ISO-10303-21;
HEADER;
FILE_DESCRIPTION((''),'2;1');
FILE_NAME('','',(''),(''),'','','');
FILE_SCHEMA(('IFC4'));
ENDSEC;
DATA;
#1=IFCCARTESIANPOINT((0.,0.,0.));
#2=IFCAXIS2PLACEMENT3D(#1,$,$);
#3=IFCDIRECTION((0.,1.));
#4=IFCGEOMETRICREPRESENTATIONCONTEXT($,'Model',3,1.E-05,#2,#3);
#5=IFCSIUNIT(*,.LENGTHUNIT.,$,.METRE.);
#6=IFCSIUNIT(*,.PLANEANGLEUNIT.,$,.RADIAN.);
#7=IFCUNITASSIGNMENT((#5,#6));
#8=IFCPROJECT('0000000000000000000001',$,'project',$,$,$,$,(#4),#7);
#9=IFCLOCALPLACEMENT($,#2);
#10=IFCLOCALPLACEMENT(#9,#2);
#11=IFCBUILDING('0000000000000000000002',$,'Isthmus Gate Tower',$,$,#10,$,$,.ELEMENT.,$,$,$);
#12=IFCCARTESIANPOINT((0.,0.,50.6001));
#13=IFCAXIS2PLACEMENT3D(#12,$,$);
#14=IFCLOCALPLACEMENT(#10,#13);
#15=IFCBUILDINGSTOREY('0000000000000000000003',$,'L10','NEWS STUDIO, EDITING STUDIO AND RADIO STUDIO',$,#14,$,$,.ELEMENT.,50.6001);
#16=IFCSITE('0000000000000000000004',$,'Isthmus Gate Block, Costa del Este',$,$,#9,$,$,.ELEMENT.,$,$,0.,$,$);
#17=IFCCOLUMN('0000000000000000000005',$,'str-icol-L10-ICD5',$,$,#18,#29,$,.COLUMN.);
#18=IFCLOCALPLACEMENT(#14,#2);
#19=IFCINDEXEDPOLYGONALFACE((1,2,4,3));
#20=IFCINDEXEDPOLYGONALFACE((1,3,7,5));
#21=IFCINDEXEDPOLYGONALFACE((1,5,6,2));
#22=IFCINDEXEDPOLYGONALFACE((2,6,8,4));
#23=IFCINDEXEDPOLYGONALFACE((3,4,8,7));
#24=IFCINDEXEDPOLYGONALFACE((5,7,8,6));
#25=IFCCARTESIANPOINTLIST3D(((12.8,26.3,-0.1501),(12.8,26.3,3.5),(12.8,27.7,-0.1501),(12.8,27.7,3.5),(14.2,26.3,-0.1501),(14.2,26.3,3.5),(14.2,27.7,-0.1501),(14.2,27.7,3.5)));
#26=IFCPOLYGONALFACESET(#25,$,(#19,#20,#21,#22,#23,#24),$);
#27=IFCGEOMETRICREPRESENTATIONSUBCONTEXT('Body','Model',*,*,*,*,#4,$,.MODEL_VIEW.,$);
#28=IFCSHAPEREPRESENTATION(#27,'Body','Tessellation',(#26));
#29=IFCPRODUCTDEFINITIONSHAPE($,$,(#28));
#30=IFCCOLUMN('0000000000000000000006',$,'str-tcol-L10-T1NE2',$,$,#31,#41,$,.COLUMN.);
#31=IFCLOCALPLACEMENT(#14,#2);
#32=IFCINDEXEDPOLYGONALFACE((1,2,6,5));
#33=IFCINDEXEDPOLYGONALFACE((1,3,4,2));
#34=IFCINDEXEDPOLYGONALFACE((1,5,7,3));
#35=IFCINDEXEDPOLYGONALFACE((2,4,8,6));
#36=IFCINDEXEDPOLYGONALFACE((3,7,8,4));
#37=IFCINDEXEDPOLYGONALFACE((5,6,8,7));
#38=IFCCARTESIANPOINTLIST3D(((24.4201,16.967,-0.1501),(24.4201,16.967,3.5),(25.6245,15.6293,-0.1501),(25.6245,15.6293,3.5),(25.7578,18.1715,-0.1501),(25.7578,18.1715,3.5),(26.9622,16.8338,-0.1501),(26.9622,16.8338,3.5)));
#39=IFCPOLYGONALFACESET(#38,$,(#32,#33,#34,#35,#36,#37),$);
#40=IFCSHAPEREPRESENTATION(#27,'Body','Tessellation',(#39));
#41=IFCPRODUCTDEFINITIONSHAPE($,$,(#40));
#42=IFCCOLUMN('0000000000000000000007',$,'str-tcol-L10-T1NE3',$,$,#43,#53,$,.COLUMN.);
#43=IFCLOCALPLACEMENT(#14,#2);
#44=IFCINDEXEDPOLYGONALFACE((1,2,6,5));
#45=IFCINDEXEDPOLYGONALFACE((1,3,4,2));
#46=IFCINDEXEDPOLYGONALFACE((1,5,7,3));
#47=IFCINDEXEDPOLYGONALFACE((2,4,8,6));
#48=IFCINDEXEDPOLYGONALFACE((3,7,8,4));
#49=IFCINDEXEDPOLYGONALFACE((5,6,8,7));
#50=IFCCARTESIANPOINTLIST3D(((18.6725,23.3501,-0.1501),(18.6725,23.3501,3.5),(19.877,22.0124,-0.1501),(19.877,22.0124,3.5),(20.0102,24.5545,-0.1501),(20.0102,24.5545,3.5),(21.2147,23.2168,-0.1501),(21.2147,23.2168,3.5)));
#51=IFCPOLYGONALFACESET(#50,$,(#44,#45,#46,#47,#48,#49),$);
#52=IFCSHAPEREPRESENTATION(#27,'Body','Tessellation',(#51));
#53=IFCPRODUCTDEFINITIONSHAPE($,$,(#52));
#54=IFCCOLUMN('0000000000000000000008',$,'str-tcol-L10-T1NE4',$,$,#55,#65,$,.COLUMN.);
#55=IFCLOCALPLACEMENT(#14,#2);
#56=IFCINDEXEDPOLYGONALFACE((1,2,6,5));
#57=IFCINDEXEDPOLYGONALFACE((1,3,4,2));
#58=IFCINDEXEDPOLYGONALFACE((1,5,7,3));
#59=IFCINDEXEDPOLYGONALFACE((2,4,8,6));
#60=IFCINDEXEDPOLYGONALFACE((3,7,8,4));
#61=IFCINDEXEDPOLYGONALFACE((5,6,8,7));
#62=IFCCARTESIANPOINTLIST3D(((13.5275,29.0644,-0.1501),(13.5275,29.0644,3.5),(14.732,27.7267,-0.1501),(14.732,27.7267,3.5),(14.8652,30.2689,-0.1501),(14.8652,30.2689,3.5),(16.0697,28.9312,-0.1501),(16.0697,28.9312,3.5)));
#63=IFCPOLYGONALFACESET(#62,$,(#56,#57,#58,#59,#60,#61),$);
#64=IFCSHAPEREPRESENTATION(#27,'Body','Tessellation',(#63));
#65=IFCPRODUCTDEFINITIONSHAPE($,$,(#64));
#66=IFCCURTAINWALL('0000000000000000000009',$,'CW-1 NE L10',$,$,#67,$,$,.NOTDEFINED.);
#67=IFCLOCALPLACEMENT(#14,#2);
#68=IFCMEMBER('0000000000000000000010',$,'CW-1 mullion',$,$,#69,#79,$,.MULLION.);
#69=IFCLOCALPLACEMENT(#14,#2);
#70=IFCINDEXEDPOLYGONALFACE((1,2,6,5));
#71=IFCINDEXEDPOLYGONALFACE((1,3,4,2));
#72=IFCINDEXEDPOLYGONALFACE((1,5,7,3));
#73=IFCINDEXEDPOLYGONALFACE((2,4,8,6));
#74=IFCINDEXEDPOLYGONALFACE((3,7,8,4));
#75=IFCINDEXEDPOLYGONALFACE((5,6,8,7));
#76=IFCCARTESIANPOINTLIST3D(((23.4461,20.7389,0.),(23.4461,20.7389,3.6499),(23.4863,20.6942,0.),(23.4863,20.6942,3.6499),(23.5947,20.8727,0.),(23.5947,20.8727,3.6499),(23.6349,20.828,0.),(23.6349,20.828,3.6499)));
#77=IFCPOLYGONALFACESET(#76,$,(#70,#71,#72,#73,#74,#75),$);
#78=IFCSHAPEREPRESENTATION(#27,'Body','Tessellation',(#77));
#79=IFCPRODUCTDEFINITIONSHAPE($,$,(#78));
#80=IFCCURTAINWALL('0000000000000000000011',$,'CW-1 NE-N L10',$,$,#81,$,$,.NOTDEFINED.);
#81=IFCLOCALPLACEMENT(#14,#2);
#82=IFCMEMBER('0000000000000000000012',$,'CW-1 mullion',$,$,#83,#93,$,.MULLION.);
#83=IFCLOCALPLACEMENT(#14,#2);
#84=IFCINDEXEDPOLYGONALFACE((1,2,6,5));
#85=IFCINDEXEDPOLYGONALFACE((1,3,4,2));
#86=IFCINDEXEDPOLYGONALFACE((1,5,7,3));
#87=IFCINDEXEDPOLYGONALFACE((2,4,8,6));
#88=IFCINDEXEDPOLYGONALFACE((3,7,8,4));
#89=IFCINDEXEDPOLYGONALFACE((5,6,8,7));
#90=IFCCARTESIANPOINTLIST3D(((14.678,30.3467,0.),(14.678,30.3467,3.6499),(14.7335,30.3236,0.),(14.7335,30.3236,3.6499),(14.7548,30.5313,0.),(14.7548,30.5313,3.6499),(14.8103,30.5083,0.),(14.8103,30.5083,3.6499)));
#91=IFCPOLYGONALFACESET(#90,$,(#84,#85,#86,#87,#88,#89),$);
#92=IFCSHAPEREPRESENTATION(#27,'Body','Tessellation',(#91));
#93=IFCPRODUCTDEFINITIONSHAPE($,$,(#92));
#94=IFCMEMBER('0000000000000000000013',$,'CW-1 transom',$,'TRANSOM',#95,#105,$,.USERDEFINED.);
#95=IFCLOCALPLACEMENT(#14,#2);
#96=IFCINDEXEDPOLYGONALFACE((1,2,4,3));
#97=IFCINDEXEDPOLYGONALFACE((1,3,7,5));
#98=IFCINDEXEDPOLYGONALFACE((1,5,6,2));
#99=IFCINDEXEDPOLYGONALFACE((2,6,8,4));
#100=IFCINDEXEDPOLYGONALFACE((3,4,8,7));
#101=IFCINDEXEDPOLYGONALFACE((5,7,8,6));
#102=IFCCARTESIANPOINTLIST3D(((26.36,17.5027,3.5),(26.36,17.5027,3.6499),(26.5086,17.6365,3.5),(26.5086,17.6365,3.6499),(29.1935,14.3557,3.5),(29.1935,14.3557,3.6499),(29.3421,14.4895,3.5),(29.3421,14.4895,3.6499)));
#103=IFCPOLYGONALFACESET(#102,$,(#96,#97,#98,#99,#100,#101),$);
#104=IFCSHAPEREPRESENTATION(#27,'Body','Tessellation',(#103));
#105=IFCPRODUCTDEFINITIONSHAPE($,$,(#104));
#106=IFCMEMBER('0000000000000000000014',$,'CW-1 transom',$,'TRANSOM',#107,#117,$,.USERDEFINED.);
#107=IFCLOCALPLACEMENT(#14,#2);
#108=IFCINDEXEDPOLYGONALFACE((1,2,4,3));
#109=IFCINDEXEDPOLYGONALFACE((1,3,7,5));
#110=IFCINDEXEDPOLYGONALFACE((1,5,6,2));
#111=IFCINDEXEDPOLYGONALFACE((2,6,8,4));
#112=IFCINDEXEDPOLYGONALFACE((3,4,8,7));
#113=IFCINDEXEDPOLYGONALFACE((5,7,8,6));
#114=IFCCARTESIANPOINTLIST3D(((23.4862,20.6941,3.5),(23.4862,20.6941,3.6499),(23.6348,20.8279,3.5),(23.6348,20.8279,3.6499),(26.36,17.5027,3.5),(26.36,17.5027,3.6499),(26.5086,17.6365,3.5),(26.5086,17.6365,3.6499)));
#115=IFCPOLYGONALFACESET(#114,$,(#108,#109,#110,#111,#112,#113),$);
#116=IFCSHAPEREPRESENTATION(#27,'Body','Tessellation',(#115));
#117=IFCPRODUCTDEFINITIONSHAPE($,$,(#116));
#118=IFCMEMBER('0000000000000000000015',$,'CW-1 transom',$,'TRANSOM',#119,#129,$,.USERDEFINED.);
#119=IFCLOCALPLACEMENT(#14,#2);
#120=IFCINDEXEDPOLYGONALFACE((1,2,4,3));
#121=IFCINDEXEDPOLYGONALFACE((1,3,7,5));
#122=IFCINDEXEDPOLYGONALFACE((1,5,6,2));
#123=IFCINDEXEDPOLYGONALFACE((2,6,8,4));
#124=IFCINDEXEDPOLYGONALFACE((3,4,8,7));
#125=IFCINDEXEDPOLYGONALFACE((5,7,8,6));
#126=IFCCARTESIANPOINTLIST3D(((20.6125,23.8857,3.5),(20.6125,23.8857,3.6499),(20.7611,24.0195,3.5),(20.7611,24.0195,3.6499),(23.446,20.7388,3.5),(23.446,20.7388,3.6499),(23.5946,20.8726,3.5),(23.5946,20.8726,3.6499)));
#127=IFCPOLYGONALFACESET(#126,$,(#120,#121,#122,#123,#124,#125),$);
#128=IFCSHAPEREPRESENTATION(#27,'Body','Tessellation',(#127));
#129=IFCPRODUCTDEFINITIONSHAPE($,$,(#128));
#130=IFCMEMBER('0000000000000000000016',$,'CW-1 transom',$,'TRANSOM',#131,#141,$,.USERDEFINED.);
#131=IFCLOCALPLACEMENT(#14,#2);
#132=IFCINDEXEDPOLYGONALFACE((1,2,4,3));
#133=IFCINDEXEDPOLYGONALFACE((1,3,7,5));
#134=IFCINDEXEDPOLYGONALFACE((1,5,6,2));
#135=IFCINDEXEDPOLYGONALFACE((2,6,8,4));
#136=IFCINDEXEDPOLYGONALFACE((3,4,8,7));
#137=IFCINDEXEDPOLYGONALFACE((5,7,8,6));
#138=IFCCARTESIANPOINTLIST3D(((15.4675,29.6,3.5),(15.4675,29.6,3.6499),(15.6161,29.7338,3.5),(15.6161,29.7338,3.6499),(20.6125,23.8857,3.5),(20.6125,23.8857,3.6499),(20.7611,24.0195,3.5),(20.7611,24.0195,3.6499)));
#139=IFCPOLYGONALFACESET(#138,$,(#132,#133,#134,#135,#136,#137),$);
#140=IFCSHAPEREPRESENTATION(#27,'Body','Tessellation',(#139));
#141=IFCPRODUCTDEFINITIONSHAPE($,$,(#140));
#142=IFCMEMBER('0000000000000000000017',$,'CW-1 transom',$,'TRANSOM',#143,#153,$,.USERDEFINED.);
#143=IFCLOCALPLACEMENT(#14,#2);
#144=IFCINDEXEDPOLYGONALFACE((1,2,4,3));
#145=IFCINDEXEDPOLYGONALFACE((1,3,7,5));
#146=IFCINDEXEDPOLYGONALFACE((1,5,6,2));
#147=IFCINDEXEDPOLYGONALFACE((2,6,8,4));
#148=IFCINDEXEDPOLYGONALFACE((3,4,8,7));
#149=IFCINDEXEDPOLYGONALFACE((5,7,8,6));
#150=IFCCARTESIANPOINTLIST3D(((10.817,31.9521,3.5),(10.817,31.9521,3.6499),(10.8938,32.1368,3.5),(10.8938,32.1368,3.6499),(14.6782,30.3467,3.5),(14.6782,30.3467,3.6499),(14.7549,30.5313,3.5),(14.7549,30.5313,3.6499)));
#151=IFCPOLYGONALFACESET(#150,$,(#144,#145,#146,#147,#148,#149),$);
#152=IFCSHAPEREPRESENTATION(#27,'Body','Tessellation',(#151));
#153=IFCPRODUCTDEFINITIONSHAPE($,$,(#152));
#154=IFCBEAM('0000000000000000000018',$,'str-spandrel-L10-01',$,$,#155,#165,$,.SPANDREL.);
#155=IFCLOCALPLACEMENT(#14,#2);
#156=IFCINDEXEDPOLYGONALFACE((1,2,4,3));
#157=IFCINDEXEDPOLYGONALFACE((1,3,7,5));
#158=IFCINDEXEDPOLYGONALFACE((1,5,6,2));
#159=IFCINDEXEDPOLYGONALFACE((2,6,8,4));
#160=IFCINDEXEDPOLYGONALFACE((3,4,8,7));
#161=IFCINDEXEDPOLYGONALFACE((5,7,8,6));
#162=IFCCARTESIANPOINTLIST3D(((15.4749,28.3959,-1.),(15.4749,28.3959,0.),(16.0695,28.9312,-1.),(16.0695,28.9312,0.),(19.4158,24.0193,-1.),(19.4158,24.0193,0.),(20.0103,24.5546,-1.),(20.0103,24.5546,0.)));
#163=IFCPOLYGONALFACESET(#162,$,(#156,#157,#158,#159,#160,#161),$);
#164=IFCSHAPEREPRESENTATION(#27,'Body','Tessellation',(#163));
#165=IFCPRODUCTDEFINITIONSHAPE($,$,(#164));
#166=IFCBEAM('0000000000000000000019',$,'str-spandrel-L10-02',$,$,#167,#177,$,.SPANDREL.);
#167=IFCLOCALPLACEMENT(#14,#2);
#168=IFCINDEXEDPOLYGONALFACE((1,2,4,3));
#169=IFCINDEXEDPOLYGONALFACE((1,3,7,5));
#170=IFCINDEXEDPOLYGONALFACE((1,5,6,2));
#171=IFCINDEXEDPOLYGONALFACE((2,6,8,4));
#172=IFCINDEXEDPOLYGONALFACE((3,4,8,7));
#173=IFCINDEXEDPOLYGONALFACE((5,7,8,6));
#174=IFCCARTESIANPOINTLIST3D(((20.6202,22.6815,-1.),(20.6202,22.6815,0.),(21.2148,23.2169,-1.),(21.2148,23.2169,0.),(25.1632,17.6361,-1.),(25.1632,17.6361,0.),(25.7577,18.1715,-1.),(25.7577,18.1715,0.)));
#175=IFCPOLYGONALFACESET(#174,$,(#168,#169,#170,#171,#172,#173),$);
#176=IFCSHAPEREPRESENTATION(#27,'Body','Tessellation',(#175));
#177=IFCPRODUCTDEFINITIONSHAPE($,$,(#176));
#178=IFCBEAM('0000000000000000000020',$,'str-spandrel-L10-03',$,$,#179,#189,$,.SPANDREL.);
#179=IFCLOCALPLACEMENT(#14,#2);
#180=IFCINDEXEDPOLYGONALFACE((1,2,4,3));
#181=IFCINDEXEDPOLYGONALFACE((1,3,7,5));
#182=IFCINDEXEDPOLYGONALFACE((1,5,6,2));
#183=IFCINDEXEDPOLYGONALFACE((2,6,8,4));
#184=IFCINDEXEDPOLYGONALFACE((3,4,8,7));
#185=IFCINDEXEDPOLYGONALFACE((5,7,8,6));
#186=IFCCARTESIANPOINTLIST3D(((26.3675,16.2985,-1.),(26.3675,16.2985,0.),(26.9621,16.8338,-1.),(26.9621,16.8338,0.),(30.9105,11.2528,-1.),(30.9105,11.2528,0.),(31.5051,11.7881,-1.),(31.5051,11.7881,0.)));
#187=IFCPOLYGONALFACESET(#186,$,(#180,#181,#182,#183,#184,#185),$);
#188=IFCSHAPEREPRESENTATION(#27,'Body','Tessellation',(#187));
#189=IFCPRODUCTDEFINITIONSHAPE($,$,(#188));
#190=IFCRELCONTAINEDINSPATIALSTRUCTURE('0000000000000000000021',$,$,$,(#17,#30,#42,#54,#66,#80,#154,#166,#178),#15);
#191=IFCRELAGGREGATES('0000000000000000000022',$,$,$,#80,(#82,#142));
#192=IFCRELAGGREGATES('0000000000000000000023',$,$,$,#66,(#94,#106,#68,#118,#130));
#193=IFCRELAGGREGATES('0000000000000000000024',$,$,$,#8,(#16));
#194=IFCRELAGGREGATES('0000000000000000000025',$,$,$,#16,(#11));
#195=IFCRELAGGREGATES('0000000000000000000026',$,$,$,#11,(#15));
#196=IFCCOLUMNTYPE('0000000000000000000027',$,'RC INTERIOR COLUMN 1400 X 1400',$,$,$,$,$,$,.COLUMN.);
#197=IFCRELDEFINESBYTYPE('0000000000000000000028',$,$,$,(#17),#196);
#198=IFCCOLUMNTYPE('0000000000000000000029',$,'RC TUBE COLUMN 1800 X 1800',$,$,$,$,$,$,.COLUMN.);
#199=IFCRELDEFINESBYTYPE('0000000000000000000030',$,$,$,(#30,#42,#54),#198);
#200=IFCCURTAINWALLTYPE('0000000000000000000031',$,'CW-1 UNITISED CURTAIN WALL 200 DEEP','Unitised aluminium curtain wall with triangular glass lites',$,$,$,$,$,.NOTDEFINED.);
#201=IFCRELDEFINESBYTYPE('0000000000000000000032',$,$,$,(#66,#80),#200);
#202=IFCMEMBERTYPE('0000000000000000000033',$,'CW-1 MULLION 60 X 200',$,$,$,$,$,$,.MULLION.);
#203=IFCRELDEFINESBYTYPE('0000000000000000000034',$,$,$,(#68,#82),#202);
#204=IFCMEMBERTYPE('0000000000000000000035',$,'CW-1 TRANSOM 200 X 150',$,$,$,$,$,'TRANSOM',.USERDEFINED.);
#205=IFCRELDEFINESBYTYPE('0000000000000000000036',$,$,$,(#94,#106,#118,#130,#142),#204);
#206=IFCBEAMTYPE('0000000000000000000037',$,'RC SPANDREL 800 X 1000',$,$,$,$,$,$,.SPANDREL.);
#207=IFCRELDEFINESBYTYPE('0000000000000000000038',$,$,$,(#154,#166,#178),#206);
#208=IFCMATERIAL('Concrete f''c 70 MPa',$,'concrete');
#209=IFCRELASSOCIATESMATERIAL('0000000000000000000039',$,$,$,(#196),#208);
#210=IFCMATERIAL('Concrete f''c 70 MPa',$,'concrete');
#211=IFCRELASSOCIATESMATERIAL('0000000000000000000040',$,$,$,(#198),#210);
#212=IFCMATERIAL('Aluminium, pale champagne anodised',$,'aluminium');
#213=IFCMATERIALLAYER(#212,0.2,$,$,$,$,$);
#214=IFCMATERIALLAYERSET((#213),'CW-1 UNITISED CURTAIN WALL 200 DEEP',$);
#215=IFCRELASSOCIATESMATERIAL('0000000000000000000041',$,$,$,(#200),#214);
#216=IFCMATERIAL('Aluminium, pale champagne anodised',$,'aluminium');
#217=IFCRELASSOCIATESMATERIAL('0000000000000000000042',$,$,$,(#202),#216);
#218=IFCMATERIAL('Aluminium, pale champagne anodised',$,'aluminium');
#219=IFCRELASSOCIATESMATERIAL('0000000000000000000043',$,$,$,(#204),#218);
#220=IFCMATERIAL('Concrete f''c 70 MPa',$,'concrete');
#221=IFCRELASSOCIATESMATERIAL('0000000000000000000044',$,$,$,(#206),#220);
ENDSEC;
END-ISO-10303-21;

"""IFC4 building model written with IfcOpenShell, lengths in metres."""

from ifc_helpers import new_model, si_unit, direction, frame, origin, origin_2d, place, context, subcontext, project, spatial, rectangle, extrude, material, layer, layer_set, material_profile, profile_set, type_object, element, aggregate, save


model = new_model("IFC4")

# Units and contexts
model_context = context("Model", 3, precision=1e-05, world=origin(), true_north=direction((0.0, 1.0)))
body_context = subcontext(model_context, "Body", "Model", "MODEL_VIEW")
ifc_project = project(units=[si_unit("LENGTHUNIT", "METRE"), si_unit("PLANEANGLEUNIT", "RADIAN")], contexts=[model_context])

# Site, building, storey
site_placement = place(None, origin())
site = spatial("IfcSite", under=ifc_project, at=site_placement, Name="Isthmus Gate Block, Costa del Este", CompositionType="ELEMENT", RefElevation=0.0)
building_placement = place(site_placement, origin())
building = spatial("IfcBuilding", under=site, at=building_placement, Name="Isthmus Gate Tower", CompositionType="ELEMENT")
storey_placement = place(building_placement, frame((0.0, 0.0, 50.6001)))
storey = spatial("IfcBuildingStorey", under=building, at=storey_placement, Name="L10", Description="NEWS STUDIO, EDITING STUDIO AND RADIO STUDIO", CompositionType="ELEMENT", Elevation=50.6001)

# Columns
ifc_material_1 = material(Name="Concrete f'c 70 MPa", Category="concrete")
ifc_material_profile_1 = material_profile(ifc_material_1, rectangle(XDim=1.3999, YDim=1.3999, at=origin_2d()), Name="RC 1400X1400")
ifc_profile_set_1 = profile_set([ifc_material_profile_1], Name="Concrete f'c 70 MPa")
column_type_1 = type_object("IfcColumnType", Name="RC INTERIOR COLUMN 1400 X 1400", PredefinedType="COLUMN", material=ifc_profile_set_1)
column_placement = place(storey_placement, frame((13.5, 27.0, -0.1501), z_axis=(0.0, 0.0, 1.0), x_axis=(1.0, 0.0, 0.0)))
element("IfcColumn", 1, at=column_placement, inside=storey, type_object=column_type_1, Name="str-icol-L10-ICD5", PredefinedType="COLUMN", context=body_context, shape_type="SweptSolid", body=[
    extrude(rectangle(XDim=1.3999, YDim=1.3999, at=origin_2d()), origin(), (0.0, 0.0, 1.0), 3.6501),
])
ifc_material_2 = material(Name="Concrete f'c 70 MPa", Category="concrete")
ifc_material_profile_2 = material_profile(ifc_material_2, rectangle(XDim=1.8, YDim=1.8, at=origin_2d()), Name="RC 1800X1800")
ifc_profile_set_2 = profile_set([ifc_material_profile_2], Name="Concrete f'c 70 MPa")
column_type_2 = type_object("IfcColumnType", Name="RC TUBE COLUMN 1800 X 1800", PredefinedType="COLUMN", material=ifc_profile_set_2)
for number, where, z_axis, x_axis, name in (
    (2, (25.6912, 16.9004, -0.1501), (0.0, 0.0, 1.0), (-0.669131, 0.743145, 0.0), "str-tcol-L10-T1NE2"),
    (3, (19.9436, 23.2834, -0.1501), (0.0, 0.0, 1.0), (-0.669131, 0.743145, 0.0), "str-tcol-L10-T1NE3"),
    (4, (14.7986, 28.9978, -0.1501), (0.0, 0.0, 1.0), (-0.669131, 0.743145, 0.0), "str-tcol-L10-T1NE4"),
):
    element("IfcColumn", number, at=place(storey_placement, frame(where, z_axis=z_axis, x_axis=x_axis)), inside=storey, type_object=column_type_2, Name=name, PredefinedType="COLUMN", context=body_context, shape_type="SweptSolid", body=[
        extrude(rectangle(XDim=1.8, YDim=1.8, at=origin_2d()), origin(), (0.0, 0.0, 1.0), 3.6501),
    ])

# Curtain walls, members
ifc_material_3 = material(Name="Aluminium, pale champagne anodised", Category="aluminium")
ifc_layer_1 = layer(ifc_material_3, 0.2)
ifc_layer_set_1 = layer_set([ifc_layer_1], Name="CW-1 UNITISED CURTAIN WALL 200 DEEP")
curtain_wall_type = type_object("IfcCurtainWallType", Name="CW-1 UNITISED CURTAIN WALL 200 DEEP", Description="Unitised aluminium curtain wall with triangular glass lites", PredefinedType="NOTDEFINED", material=ifc_layer_set_1)
curtain_wall_1_placement = place(storey_placement, origin())
curtain_wall_1 = element("IfcCurtainWall", 5, at=curtain_wall_1_placement, inside=storey, type_object=curtain_wall_type, Name="CW-1 NE L10", PredefinedType="NOTDEFINED")
ifc_material_4 = material(Name="Aluminium, pale champagne anodised", Category="aluminium")
ifc_material_profile_3 = material_profile(ifc_material_4, rectangle(XDim=0.0601, YDim=0.2, at=origin_2d()), Name="60x200")
ifc_profile_set_3 = profile_set([ifc_material_profile_3], Name="Aluminium, pale champagne anodised")
member_type_1 = type_object("IfcMemberType", Name="CW-1 MULLION 60 X 200", PredefinedType="MULLION", material=ifc_profile_set_3)
member_1_placement = place(storey_placement, frame((23.5405, 20.7834, 0.0), z_axis=(0.0, 0.0, 1.0), x_axis=(-0.669131, 0.743145, 0.0)))
member_1 = element("IfcMember", 6, at=member_1_placement, type_object=member_type_1, Name="CW-1 mullion", PredefinedType="MULLION", context=body_context, shape_type="SweptSolid", body=[
    extrude(rectangle(XDim=0.0601, YDim=0.2, at=origin_2d()), origin(), (0.0, 0.0, 1.0), 3.6499),
])
curtain_wall_2_placement = place(storey_placement, origin())
curtain_wall_2 = element("IfcCurtainWall", 7, at=curtain_wall_2_placement, inside=storey, type_object=curtain_wall_type, Name="CW-1 NE-N L10", PredefinedType="NOTDEFINED")
member_2_placement = place(storey_placement, frame((14.7441, 30.4275, 0.0), z_axis=(0.0, 0.0, 1.0), x_axis=(-0.923353, 0.383952, 0.0)))
member_2 = element("IfcMember", 8, at=member_2_placement, type_object=member_type_1, Name="CW-1 mullion", PredefinedType="MULLION", context=body_context, shape_type="SweptSolid", body=[
    extrude(rectangle(XDim=0.0601, YDim=0.2, at=origin_2d()), origin(), (0.0, 0.0, 1.0), 3.6499),
])

# Members
ifc_material_5 = material(Name="Aluminium, pale champagne anodised", Category="aluminium")
ifc_material_profile_4 = material_profile(ifc_material_5, rectangle(XDim=0.2, YDim=0.1499, at=origin_2d()), Name="200x150")
ifc_profile_set_4 = profile_set([ifc_material_profile_4], Name="Aluminium, pale champagne anodised")
member_type_2 = type_object("IfcMemberType", Name="CW-1 TRANSOM 200 X 150", ElementType="TRANSOM", PredefinedType="USERDEFINED", material=ifc_profile_set_4)
member_3_placement = place(storey_placement, frame((29.2678, 14.4226, 3.575), z_axis=(-0.669124, 0.743151, 0.0), x_axis=(-0.743151, -0.669124, 0.0)))
member_3 = element("IfcMember", 9, at=member_3_placement, type_object=member_type_2, Name="CW-1 transom", ObjectType="TRANSOM", PredefinedType="USERDEFINED", context=body_context, shape_type="SweptSolid", body=[
    extrude(rectangle(XDim=0.2, YDim=0.1499, at=origin_2d()), origin(), (0.0, 0.0, 1.0), 4.2346),
])
member_4_placement = place(storey_placement, frame((26.4343, 17.5696, 3.575), z_axis=(-0.669159, 0.743119, 0.0), x_axis=(-0.743119, -0.669159, 0.0)))
member_4 = element("IfcMember", 10, at=member_4_placement, type_object=member_type_2, Name="CW-1 transom", ObjectType="TRANSOM", PredefinedType="USERDEFINED", context=body_context, shape_type="SweptSolid", body=[
    extrude(rectangle(XDim=0.2, YDim=0.1499, at=origin_2d()), origin(), (0.0, 0.0, 1.0), 4.2947),
])
member_5_placement = place(storey_placement, frame((23.5203, 20.8057, 3.575), z_axis=(-0.669124, 0.743151, 0.0), x_axis=(-0.743151, -0.669124, 0.0)))
member_5 = element("IfcMember", 11, at=member_5_placement, type_object=member_type_2, Name="CW-1 transom", ObjectType="TRANSOM", PredefinedType="USERDEFINED", context=body_context, shape_type="SweptSolid", body=[
    extrude(rectangle(XDim=0.2, YDim=0.1499, at=origin_2d()), origin(), (0.0, 0.0, 1.0), 4.2346),
])
member_6_placement = place(storey_placement, frame((20.6868, 23.9526, 3.575), z_axis=(-0.669116, 0.743158, 0.0), x_axis=(-0.743158, -0.669116, 0.0)))
member_6 = element("IfcMember", 12, at=member_6_placement, type_object=member_type_2, Name="CW-1 transom", ObjectType="TRANSOM", PredefinedType="USERDEFINED", context=body_context, shape_type="SweptSolid", body=[
    extrude(rectangle(XDim=0.2, YDim=0.1499, at=origin_2d()), origin(), (0.0, 0.0, 1.0), 7.6892),
])
member_7_placement = place(storey_placement, frame((14.7166, 30.439, 3.575), z_axis=(-0.923358, 0.38394, 0.0), x_axis=(-0.38394, -0.923358, 0.0)))
member_7 = element("IfcMember", 13, at=member_7_placement, type_object=member_type_2, Name="CW-1 transom", ObjectType="TRANSOM", PredefinedType="USERDEFINED", context=body_context, shape_type="SweptSolid", body=[
    extrude(rectangle(XDim=0.2, YDim=0.1499, at=origin_2d()), origin(), (0.0, 0.0, 1.0), 4.1816),
])
aggregate(curtain_wall_2, [member_2, member_7])

# Beams
ifc_material_6 = material(Name="Concrete f'c 70 MPa", Category="concrete")
ifc_material_profile_5 = material_profile(ifc_material_6, rectangle(XDim=0.8, YDim=1.0, at=origin_2d()), Name="RC 800X1000")
ifc_profile_set_5 = profile_set([ifc_material_profile_5], Name="Concrete f'c 70 MPa")
beam_type_1 = type_object("IfcBeamType", Name="RC SPANDREL 800 X 1000", PredefinedType="SPANDREL", material=ifc_profile_set_5)
beam_1_placement = place(storey_placement, frame((15.7722, 28.6636, -0.5), z_axis=(0.669141, -0.743135, 0.0), x_axis=(0.743135, 0.669141, 0.0)))
element("IfcBeam", 14, at=beam_1_placement, inside=storey, type_object=beam_type_1, Name="str-spandrel-L10-01", PredefinedType="SPANDREL", context=body_context, shape_type="SweptSolid", body=[
    extrude(rectangle(XDim=0.8, YDim=1.0, at=origin_2d()), origin(), (0.0, 0.0, 1.0), 5.8894),
])
beam_2_placement = place(storey_placement, frame((20.9175, 22.9492, -0.5), z_axis=(0.669136, -0.74314, 0.0), x_axis=(0.74314, 0.669136, 0.0)))
element("IfcBeam", 15, at=beam_2_placement, inside=storey, type_object=beam_type_1, Name="str-spandrel-L10-02", PredefinedType="SPANDREL", context=body_context, shape_type="SweptSolid", body=[
    extrude(rectangle(XDim=0.8, YDim=1.0, at=origin_2d()), origin(), (0.0, 0.0, 1.0), 6.7893),
])
beam_3_placement = place(storey_placement, frame((26.6648, 16.5662, -0.5), z_axis=(0.669118, -0.743156, 0.0), x_axis=(0.743156, 0.669118, 0.0)))
element("IfcBeam", 16, at=beam_3_placement, inside=storey, type_object=beam_type_1, Name="str-spandrel-L10-03", PredefinedType="SPANDREL", context=body_context, shape_type="SweptSolid", body=[
    extrude(rectangle(XDim=0.8, YDim=1.0, at=origin_2d()), origin(), (0.0, 0.0, 1.0), 6.7896),
])

aggregate(curtain_wall_1, [member_3, member_4, member_1, member_5, member_6])

save(model, "model.ifc")
